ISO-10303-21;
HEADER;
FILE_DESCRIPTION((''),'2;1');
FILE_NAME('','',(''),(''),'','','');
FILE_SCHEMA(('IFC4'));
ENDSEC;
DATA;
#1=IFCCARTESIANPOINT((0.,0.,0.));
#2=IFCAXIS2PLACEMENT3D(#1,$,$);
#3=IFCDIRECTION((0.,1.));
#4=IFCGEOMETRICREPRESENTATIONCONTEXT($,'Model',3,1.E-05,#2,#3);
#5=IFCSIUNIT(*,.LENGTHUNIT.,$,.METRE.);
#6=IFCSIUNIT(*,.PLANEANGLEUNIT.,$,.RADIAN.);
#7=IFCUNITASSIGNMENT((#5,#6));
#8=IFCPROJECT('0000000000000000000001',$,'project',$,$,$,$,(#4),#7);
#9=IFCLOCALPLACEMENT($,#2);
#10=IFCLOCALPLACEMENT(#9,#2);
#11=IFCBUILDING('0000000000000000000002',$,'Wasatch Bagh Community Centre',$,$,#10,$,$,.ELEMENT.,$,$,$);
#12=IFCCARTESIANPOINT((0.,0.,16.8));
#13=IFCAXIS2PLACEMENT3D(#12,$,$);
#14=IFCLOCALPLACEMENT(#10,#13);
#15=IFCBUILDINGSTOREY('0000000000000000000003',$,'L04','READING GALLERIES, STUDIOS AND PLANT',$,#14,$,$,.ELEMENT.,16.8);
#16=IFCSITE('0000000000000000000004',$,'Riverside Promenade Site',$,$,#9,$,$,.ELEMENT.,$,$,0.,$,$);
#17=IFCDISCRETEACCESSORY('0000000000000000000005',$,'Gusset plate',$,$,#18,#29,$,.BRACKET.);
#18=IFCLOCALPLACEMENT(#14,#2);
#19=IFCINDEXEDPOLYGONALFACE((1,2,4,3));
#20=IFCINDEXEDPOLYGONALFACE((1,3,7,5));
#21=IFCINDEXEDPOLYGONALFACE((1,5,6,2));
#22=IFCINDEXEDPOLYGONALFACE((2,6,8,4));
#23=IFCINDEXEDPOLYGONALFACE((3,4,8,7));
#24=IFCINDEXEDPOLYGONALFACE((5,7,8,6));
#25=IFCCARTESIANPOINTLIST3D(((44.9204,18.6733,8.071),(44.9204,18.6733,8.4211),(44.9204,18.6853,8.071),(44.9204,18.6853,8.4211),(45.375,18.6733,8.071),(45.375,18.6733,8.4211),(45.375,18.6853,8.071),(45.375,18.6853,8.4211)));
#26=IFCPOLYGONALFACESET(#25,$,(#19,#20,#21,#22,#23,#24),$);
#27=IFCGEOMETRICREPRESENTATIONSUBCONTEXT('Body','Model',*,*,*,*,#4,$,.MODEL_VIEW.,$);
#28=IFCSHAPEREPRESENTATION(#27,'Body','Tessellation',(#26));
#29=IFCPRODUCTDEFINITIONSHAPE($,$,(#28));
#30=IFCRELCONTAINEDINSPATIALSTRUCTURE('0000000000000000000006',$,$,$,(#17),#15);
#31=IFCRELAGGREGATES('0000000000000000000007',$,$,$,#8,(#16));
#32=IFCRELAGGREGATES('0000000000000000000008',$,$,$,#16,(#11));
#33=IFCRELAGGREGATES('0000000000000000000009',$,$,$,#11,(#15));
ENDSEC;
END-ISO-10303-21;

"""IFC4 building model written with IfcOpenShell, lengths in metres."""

from ifc_helpers import new_model, si_unit, direction, frame, origin, place, context, subcontext, project, spatial, polyline, outline, extrude, element, save


model = new_model("IFC4")

# Units and contexts
model_context = context("Model", 3, precision=1e-05, world=origin(), true_north=direction((0.0, 1.0)))
body_context = subcontext(model_context, "Body", "Model", "MODEL_VIEW")
ifc_project = project(units=[si_unit("LENGTHUNIT", "METRE"), si_unit("PLANEANGLEUNIT", "RADIAN")], contexts=[model_context])

# Site, building, storey
site_placement = place(None, origin())
site = spatial("IfcSite", under=ifc_project, at=site_placement, Name="Riverside Promenade Site", CompositionType="ELEMENT", RefElevation=0.0)
building_placement = place(site_placement, origin())
building = spatial("IfcBuilding", under=site, at=building_placement, Name="Wasatch Bagh Community Centre", CompositionType="ELEMENT")
storey_placement = place(building_placement, frame((0.0, 0.0, 16.8)))
storey = spatial("IfcBuildingStorey", under=building, at=storey_placement, Name="L04", Description="READING GALLERIES, STUDIOS AND PLANT", CompositionType="ELEMENT", Elevation=16.8)

# Discrete accessory
discrete_accessory_1_placement = place(storey_placement, frame((44.9204, 18.6733, 8.071), z_axis=(0.0, -1.0, 0.0), x_axis=(1.0, 0.0, 0.0)))
element("IfcDiscreteAccessory", 1, at=discrete_accessory_1_placement, inside=storey, Name="Gusset plate", PredefinedType="BRACKET", context=body_context, shape_type="SweptSolid", body=[
    extrude(outline(polyline([(0.0, 0.0), (0.4546, 0.0), (0.4546, 0.3501), (0.0, 0.3501), (0.0, 0.0)])), origin(), (0.0, 0.0, -1.0), 0.012),
])

save(model, "model.ifc")
